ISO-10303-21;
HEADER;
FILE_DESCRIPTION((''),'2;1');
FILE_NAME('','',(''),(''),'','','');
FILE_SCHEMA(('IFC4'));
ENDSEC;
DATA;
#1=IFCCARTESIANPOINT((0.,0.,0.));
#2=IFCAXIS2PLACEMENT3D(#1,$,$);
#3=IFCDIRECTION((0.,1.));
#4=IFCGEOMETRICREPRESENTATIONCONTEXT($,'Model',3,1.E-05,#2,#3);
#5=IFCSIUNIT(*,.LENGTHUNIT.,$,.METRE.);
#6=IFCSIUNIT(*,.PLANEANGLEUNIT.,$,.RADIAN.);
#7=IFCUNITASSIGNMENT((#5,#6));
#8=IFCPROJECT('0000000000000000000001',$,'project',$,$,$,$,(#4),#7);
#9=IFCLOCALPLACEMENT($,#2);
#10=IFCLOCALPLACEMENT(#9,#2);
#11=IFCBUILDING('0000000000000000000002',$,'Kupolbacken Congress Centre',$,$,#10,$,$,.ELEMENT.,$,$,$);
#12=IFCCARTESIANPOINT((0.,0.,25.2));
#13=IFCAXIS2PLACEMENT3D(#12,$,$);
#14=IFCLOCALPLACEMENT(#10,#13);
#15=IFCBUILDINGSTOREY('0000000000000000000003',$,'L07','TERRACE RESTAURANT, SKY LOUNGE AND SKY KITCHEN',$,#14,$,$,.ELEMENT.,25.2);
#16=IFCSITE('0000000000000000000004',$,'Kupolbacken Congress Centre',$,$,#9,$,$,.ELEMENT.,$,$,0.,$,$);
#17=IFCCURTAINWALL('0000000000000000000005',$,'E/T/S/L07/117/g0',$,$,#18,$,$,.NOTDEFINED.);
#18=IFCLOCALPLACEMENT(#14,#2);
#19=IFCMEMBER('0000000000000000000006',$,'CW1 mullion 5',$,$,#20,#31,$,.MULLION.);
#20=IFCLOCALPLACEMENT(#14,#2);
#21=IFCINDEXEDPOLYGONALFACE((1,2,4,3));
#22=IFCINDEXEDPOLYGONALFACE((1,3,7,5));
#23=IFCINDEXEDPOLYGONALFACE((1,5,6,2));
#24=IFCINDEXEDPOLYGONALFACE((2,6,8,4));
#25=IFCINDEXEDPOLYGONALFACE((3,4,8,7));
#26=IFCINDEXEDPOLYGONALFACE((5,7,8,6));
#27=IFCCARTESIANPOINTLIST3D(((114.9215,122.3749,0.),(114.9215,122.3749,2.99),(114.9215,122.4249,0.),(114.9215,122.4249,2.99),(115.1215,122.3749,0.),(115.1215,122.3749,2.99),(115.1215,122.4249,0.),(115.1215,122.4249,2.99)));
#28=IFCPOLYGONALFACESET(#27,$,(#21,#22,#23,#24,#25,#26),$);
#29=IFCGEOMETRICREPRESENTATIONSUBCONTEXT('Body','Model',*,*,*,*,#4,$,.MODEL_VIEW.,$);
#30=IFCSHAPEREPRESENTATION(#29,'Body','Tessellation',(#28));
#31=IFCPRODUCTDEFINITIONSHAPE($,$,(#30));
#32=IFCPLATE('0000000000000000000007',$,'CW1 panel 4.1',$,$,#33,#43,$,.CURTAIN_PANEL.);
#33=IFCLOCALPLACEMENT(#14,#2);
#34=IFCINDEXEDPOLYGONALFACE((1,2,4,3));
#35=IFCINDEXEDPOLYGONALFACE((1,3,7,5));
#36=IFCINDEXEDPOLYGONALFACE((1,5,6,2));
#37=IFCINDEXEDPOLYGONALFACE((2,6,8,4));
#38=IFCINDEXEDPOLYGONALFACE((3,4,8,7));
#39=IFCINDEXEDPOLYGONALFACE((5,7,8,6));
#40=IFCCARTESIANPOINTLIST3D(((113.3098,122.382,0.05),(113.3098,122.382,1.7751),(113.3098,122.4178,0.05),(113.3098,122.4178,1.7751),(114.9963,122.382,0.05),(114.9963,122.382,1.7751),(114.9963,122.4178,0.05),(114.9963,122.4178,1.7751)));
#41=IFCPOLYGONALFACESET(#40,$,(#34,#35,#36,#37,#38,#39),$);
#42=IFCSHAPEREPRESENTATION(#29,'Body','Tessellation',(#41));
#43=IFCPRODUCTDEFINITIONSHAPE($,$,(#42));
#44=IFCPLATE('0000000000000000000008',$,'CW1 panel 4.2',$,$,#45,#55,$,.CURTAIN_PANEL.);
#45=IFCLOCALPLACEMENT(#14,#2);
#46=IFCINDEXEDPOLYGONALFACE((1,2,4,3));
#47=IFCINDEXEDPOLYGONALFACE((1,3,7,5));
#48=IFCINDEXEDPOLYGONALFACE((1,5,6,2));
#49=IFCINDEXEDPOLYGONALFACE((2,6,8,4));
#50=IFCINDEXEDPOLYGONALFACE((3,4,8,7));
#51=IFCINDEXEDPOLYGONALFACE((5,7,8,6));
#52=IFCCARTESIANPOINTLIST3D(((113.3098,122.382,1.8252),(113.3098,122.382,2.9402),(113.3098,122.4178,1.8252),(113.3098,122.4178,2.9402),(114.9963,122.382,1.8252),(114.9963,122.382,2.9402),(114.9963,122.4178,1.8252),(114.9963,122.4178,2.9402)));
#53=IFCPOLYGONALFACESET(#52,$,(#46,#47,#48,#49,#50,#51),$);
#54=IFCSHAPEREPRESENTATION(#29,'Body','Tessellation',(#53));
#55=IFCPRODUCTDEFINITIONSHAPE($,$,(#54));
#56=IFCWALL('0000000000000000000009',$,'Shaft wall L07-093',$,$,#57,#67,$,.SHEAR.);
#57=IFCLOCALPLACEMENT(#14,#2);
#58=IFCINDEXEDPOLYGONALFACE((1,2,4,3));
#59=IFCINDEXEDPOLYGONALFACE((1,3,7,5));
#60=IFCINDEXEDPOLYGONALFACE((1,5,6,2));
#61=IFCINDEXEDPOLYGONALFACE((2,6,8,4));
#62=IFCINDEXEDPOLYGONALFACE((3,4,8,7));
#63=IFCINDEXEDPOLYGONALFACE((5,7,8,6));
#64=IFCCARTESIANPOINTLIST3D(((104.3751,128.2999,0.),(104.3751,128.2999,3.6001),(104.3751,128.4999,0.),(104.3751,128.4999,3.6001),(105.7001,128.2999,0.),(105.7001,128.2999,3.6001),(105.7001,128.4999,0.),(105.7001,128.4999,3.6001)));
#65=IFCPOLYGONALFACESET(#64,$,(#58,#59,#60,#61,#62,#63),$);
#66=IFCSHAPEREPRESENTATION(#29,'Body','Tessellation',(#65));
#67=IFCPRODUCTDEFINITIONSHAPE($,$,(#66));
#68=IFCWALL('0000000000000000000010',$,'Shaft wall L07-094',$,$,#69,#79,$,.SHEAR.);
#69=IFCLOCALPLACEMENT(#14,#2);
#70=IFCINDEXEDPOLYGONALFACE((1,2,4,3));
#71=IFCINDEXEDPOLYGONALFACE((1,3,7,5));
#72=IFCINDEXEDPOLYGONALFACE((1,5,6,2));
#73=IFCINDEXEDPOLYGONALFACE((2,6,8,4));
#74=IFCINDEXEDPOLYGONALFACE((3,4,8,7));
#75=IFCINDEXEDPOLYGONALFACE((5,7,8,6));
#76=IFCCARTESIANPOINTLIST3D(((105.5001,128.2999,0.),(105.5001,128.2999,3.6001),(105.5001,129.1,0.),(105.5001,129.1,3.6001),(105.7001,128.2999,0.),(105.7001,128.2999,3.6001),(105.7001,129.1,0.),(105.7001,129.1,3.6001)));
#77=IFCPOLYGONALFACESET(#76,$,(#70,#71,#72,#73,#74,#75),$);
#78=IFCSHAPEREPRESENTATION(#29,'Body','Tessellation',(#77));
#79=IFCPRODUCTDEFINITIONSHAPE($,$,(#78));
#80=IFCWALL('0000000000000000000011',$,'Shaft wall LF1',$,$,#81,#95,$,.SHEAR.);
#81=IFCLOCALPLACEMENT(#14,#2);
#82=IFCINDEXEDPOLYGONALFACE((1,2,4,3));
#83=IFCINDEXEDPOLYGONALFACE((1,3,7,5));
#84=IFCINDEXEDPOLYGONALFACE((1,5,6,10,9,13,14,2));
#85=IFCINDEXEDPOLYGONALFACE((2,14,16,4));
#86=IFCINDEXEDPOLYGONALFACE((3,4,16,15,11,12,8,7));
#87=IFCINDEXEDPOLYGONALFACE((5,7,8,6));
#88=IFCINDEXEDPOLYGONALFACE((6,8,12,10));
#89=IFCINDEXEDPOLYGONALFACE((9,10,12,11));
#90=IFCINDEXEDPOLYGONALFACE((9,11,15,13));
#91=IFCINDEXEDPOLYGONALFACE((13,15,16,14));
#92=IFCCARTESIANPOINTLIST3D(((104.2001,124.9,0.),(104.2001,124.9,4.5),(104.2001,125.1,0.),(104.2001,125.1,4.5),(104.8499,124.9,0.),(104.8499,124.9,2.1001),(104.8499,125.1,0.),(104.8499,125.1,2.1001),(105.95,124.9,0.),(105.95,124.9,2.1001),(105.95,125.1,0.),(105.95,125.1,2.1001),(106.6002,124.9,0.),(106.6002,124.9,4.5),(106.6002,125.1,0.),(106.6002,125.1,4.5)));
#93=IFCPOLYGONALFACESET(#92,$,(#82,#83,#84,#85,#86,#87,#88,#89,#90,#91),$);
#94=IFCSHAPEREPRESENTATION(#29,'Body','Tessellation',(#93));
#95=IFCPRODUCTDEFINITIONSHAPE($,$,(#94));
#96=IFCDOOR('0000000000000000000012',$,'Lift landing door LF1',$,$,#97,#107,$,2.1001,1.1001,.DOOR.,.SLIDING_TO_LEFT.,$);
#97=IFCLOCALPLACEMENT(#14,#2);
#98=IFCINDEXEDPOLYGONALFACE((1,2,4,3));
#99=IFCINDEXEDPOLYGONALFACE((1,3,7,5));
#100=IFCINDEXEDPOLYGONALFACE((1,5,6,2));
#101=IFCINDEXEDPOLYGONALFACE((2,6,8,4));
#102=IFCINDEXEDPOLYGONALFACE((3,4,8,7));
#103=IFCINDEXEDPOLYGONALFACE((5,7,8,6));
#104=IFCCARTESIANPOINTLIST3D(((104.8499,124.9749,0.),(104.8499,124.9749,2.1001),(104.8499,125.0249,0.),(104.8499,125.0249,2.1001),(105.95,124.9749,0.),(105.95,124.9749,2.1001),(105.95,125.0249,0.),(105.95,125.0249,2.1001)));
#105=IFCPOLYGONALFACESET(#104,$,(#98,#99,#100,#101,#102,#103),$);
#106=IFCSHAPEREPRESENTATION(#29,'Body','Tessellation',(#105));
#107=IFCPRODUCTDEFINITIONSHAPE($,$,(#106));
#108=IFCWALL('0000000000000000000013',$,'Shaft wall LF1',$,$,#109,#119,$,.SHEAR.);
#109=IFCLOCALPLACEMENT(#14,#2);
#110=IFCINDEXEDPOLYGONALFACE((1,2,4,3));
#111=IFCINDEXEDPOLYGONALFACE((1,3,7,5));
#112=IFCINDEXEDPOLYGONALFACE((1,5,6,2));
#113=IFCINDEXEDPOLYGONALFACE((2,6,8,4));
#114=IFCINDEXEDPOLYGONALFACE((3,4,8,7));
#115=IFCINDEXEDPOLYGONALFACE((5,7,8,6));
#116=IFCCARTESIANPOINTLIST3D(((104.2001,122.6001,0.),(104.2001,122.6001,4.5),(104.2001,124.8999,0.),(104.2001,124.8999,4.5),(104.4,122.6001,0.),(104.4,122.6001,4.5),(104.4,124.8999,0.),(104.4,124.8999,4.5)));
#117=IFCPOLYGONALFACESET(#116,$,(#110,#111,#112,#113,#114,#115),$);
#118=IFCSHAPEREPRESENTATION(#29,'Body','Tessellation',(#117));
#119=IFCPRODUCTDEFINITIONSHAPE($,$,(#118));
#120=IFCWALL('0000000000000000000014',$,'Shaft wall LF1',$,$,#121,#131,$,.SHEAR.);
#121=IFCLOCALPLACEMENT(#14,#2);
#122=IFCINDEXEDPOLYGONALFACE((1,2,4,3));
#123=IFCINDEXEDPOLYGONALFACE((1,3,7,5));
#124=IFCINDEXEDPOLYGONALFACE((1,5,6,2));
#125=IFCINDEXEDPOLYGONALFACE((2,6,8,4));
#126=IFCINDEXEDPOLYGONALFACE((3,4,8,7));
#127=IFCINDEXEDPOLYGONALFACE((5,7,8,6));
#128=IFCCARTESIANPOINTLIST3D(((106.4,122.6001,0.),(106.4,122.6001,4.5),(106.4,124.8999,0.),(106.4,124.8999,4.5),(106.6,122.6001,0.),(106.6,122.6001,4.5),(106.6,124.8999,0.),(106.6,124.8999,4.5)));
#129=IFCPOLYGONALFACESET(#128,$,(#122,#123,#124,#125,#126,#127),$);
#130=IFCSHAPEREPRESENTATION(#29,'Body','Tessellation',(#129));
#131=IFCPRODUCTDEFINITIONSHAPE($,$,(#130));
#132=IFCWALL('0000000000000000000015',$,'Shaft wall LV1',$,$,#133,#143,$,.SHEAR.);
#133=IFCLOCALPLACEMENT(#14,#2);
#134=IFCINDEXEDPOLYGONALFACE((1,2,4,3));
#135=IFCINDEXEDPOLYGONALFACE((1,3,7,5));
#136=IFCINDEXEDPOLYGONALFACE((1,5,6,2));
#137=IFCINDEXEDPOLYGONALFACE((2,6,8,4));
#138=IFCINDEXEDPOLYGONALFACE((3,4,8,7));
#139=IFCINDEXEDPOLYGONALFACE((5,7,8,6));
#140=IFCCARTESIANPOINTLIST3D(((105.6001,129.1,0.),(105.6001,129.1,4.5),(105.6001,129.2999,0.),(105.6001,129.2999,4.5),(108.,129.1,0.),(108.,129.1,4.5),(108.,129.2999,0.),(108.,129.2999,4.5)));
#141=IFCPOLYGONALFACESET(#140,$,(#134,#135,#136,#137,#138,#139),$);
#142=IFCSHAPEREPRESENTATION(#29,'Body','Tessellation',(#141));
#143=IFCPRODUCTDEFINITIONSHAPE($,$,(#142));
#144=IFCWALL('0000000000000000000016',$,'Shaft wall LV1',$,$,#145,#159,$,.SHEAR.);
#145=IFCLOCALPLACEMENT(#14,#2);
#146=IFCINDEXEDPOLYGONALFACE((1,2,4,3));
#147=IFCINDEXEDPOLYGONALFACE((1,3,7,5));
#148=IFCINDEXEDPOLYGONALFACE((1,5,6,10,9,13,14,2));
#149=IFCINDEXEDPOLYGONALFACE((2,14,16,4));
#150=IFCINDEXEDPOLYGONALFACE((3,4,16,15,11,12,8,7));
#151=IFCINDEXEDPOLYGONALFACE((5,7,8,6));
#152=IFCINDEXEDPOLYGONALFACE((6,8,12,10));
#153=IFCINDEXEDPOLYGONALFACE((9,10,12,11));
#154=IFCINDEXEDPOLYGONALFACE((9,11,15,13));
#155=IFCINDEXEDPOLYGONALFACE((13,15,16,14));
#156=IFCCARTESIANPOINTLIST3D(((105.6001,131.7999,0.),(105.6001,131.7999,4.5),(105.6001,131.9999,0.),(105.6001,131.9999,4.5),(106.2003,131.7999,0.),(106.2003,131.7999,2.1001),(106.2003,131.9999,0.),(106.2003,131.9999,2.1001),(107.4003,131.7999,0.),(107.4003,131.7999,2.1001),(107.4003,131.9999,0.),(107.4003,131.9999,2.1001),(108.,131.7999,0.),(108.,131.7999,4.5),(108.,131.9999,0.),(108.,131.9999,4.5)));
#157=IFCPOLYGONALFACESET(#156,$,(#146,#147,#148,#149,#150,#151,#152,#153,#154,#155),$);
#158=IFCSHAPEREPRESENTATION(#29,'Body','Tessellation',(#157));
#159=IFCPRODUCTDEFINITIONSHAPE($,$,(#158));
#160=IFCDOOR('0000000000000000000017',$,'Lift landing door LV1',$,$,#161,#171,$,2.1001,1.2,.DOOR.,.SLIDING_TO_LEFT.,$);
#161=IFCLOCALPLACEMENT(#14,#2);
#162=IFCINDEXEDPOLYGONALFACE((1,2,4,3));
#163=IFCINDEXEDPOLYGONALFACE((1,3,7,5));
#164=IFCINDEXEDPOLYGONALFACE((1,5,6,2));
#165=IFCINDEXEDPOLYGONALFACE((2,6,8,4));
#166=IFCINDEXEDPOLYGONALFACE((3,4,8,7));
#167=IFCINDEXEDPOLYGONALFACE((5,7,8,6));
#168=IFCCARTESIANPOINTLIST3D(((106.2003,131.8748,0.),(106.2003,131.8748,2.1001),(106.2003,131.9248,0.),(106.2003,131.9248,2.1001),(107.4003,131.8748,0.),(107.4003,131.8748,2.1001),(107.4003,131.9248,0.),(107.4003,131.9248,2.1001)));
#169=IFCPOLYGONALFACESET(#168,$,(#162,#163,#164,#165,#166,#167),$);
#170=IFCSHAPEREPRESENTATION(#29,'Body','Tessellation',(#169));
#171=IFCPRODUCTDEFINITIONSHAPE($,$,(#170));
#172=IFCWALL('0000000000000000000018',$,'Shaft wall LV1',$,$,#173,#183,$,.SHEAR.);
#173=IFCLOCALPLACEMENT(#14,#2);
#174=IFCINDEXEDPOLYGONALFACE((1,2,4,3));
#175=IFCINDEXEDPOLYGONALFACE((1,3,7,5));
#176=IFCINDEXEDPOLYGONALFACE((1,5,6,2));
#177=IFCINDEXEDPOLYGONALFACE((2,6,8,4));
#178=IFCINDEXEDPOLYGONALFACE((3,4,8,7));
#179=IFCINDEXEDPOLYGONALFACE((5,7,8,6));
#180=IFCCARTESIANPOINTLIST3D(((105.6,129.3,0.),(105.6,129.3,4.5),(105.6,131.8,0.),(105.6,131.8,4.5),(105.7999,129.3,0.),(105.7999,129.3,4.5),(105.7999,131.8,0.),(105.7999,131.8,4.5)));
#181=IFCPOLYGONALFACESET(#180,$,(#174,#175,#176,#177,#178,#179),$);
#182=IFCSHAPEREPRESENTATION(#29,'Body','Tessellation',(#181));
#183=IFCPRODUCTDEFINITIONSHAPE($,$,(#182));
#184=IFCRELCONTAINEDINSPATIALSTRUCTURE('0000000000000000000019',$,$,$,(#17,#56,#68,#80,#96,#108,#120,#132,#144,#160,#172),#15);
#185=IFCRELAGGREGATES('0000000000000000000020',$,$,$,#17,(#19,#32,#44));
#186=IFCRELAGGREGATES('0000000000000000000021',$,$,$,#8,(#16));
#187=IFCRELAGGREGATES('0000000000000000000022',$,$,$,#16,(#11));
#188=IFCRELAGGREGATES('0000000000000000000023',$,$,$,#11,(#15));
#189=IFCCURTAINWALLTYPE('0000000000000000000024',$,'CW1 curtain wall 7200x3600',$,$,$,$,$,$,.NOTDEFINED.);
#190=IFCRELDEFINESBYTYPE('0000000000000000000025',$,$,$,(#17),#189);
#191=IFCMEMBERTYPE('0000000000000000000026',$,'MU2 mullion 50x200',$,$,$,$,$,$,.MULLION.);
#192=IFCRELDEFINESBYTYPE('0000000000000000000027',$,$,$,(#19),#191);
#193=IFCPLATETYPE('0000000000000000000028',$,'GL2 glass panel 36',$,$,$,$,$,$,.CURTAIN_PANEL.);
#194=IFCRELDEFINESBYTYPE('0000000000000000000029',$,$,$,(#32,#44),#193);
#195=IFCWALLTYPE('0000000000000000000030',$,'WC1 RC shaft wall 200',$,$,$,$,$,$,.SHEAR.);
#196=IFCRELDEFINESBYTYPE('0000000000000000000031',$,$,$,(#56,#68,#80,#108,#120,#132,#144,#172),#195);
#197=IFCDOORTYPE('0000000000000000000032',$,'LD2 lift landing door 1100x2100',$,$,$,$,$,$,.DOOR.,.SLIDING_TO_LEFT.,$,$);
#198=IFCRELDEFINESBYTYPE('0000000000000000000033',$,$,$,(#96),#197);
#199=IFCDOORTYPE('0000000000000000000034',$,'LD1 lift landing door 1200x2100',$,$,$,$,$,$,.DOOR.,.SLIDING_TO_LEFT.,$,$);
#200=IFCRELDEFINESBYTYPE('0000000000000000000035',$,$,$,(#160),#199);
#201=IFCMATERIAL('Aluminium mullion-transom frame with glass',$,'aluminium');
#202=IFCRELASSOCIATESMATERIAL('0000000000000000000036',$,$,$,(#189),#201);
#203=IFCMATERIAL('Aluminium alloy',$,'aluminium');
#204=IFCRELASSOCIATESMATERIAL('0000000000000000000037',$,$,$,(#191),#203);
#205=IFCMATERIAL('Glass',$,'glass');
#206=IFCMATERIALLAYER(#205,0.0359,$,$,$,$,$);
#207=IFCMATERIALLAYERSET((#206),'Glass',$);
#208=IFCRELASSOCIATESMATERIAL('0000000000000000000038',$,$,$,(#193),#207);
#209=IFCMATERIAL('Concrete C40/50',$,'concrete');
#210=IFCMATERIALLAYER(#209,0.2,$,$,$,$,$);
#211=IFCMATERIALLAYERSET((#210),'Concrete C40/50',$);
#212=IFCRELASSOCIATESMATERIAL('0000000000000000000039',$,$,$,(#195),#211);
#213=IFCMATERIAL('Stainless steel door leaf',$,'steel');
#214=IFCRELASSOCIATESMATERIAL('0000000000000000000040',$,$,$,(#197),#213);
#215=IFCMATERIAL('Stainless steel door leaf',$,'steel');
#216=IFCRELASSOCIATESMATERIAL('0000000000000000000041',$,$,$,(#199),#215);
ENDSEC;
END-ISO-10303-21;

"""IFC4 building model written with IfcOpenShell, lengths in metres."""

from ifc_helpers import new_model, si_unit, direction, frame, frame_2d, origin, origin_2d, place, context, subcontext, project, spatial, rectangle, extrude, material, layer, layer_set, material_profile, profile_set, type_object, element, fill, aggregate, save


model = new_model("IFC4")

# Units and contexts
model_context = context("Model", 3, precision=1e-05, world=origin(), true_north=direction((0.0, 1.0)))
body_context = subcontext(model_context, "Body", "Model", "MODEL_VIEW")
ifc_project = project(units=[si_unit("LENGTHUNIT", "METRE"), si_unit("PLANEANGLEUNIT", "RADIAN")], contexts=[model_context])

# Site, building, storey
site_placement = place(None, origin())
site = spatial("IfcSite", under=ifc_project, at=site_placement, Name="Kupolbacken Congress Centre", CompositionType="ELEMENT", RefElevation=0.0)
building_placement = place(site_placement, origin())
building = spatial("IfcBuilding", under=site, at=building_placement, Name="Kupolbacken Congress Centre", CompositionType="ELEMENT")
storey_placement = place(building_placement, frame((0.0, 0.0, 25.2)))
storey = spatial("IfcBuildingStorey", under=building, at=storey_placement, Name="L07", Description="TERRACE RESTAURANT, SKY LOUNGE AND SKY KITCHEN", CompositionType="ELEMENT", Elevation=25.2)

# Curtain wall, member, plates
ifc_material_1 = material(Name="Aluminium mullion-transom frame with glass", Category="aluminium")
curtain_wall_type = type_object("IfcCurtainWallType", Name="CW1 curtain wall 7200x3600", PredefinedType="NOTDEFINED", material=ifc_material_1)
curtain_wall_placement = place(storey_placement, origin())
curtain_wall = element("IfcCurtainWall", 1, at=curtain_wall_placement, inside=storey, type_object=curtain_wall_type, Name="E/T/S/L07/117/g0", PredefinedType="NOTDEFINED")
ifc_material_2 = material(Name="Aluminium alloy", Category="aluminium")
ifc_material_profile_1 = material_profile(ifc_material_2, rectangle(XDim=0.05, YDim=0.2, at=origin_2d()), Name="50 x 200")
ifc_profile_set_1 = profile_set([ifc_material_profile_1], Name="Aluminium alloy")
member_type = type_object("IfcMemberType", Name="MU2 mullion 50x200", PredefinedType="MULLION", material=ifc_profile_set_1)
member_placement = place(storey_placement, frame((115.0215, 122.3999, 0.0), z_axis=(0.0, 0.0, 1.0), x_axis=(0.0, 1.0, 0.0)))
member = element("IfcMember", 2, at=member_placement, type_object=member_type, Name="CW1 mullion 5", PredefinedType="MULLION", context=body_context, shape_type="SweptSolid", body=[
    extrude(rectangle(XDim=0.05, YDim=0.2, at=origin_2d()), origin(), (0.0, 0.0, 1.0), 2.99),
])
ifc_material_3 = material(Name="Glass", Category="glass")
ifc_layer_1 = layer(ifc_material_3, 0.0359)
ifc_layer_set_1 = layer_set([ifc_layer_1], Name="Glass")
plate_type = type_object("IfcPlateType", Name="GL2 glass panel 36", PredefinedType="CURTAIN_PANEL", material=ifc_layer_set_1)
plate_1_placement = place(storey_placement, frame((114.1531, 122.3999, 0.05), z_axis=(0.0, 0.0, 1.0), x_axis=(1.0, 0.0, 0.0)))
plate_1 = element("IfcPlate", 3, at=plate_1_placement, type_object=plate_type, Name="CW1 panel 4.1", PredefinedType="CURTAIN_PANEL", context=body_context, shape_type="SweptSolid", body=[
    extrude(rectangle(XDim=1.6865, YDim=0.0359, at=origin_2d()), origin(), (0.0, 0.0, 1.0), 1.7251),
])
plate_2_placement = place(storey_placement, frame((114.1531, 122.3999, 1.8252), z_axis=(0.0, 0.0, 1.0), x_axis=(1.0, 0.0, 0.0)))
plate_2 = element("IfcPlate", 4, at=plate_2_placement, type_object=plate_type, Name="CW1 panel 4.2", PredefinedType="CURTAIN_PANEL", context=body_context, shape_type="SweptSolid", body=[
    extrude(rectangle(XDim=1.6865, YDim=0.0359, at=origin_2d()), origin(), (0.0, 0.0, 1.0), 1.115),
])
aggregate(curtain_wall, [member, plate_1, plate_2])

# Walls
ifc_material_4 = material(Name="Concrete C40/50", Category="concrete")
ifc_layer_2 = layer(ifc_material_4, 0.2)
ifc_layer_set_2 = layer_set([ifc_layer_2], Name="Concrete C40/50")
wall_type_1 = type_object("IfcWallType", Name="WC1 RC shaft wall 200", PredefinedType="SHEAR", material=ifc_layer_set_2)
wall_1_placement = place(storey_placement, frame((104.375, 128.3999, 0.0), z_axis=(0.0, 0.0, 1.0), x_axis=(1.0, 0.0, 0.0)))
element("IfcWall", 5, at=wall_1_placement, inside=storey, type_object=wall_type_1, Name="Shaft wall L07-093", PredefinedType="SHEAR", context=body_context, shape_type="SweptSolid", body=[
    extrude(rectangle(XDim=1.325, YDim=0.2, at=frame_2d((0.6626, 0.0))), origin(), (0.0, 0.0, 1.0), 3.6001),
])
wall_2_placement = place(storey_placement, frame((105.6001, 128.3, 0.0), z_axis=(0.0, 0.0, 1.0), x_axis=(0.0, 1.0, 0.0)))
element("IfcWall", 6, at=wall_2_placement, inside=storey, type_object=wall_type_1, Name="Shaft wall L07-094", PredefinedType="SHEAR", context=body_context, shape_type="SweptSolid", body=[
    extrude(rectangle(XDim=0.8, YDim=0.2, at=frame_2d((0.3999, 0.0))), origin(), (0.0, 0.0, 1.0), 3.6001),
])

# Wall, opening, door
wall_3_placement = place(storey_placement, frame((104.2, 125.0, 0.0), z_axis=(0.0, 0.0, 1.0), x_axis=(1.0, 0.0, 0.0)))
wall_3 = element("IfcWall", 7, at=wall_3_placement, inside=storey, type_object=wall_type_1, Name="Shaft wall LF1", PredefinedType="SHEAR", context=body_context, shape_type="SweptSolid", body=[
    extrude(rectangle(XDim=2.4001, YDim=0.2, at=frame_2d((1.2002, 0.0))), origin(), (0.0, 0.0, 1.0), 4.5),
])
opening_1_placement = place(wall_3_placement, frame((0.6499, 0.0, 0.0)))
opening_1 = element("IfcOpeningElement", 8, at=opening_1_placement, cuts=wall_3, PredefinedType="OPENING", context=body_context, shape_type="SweptSolid", body=[
    extrude(rectangle(XDim=1.1001, YDim=2.1001, at=frame_2d((0.55, 1.05))), frame((0.0, 0.1099, 0.0), z_axis=(0.0, -1.0, 0.0), x_axis=(1.0, 0.0, 0.0)), (0.0, 0.0, 1.0), 0.22),
])
ifc_material_5 = material(Name="Stainless steel door leaf", Category="steel")
door_type_1 = type_object("IfcDoorType", Name="LD2 lift landing door 1100x2100", OperationType="SLIDING_TO_LEFT", PredefinedType="DOOR", material=ifc_material_5)
door_1_placement = place(opening_1_placement, origin())
door_1 = element("IfcDoor", 9, at=door_1_placement, inside=storey, type_object=door_type_1, Name="Lift landing door LF1", OperationType="SLIDING_TO_LEFT", OverallHeight=2.1001, OverallWidth=1.1001, PredefinedType="DOOR", context=body_context, shape_type="SweptSolid", body=[
    extrude(rectangle(XDim=1.1001, YDim=2.1001, at=frame_2d((0.55, 1.05))), frame((0.0, 0.0249, 0.0), z_axis=(0.0, -1.0, 0.0), x_axis=(1.0, 0.0, 0.0)), (0.0, 0.0, 1.0), 0.05),
])
fill(opening_1, door_1)

# Walls
for number, where, z_axis, x_axis, name in (
    (10, (104.3, 122.6001, 0.0), (0.0, 0.0, 1.0), (0.0, 1.0, 0.0), "Shaft wall LF1"),
    (11, (106.5, 122.6001, 0.0), (0.0, 0.0, 1.0), (0.0, 1.0, 0.0), "Shaft wall LF1"),
):
    element("IfcWall", number, at=place(storey_placement, frame(where, z_axis=z_axis, x_axis=x_axis)), inside=storey, type_object=wall_type_1, Name=name, PredefinedType="SHEAR", context=body_context, shape_type="SweptSolid", body=[
        extrude(rectangle(XDim=2.2998, YDim=0.2, at=frame_2d((1.1499, 0.0))), origin(), (0.0, 0.0, 1.0), 4.5),
    ])
wall_4_placement = place(storey_placement, frame((105.6001, 129.2, 0.0), z_axis=(0.0, 0.0, 1.0), x_axis=(1.0, 0.0, 0.0)))
element("IfcWall", 12, at=wall_4_placement, inside=storey, type_object=wall_type_1, Name="Shaft wall LV1", PredefinedType="SHEAR", context=body_context, shape_type="SweptSolid", body=[
    extrude(rectangle(XDim=2.3999, YDim=0.2, at=frame_2d((1.2, 0.0))), origin(), (0.0, 0.0, 1.0), 4.5),
])

# Wall, opening, door
wall_5_placement = place(storey_placement, frame((105.6001, 131.8999, 0.0), z_axis=(0.0, 0.0, 1.0), x_axis=(1.0, 0.0, 0.0)))
wall_5 = element("IfcWall", 13, at=wall_5_placement, inside=storey, type_object=wall_type_1, Name="Shaft wall LV1", PredefinedType="SHEAR", context=body_context, shape_type="SweptSolid", body=[
    extrude(rectangle(XDim=2.3999, YDim=0.2, at=frame_2d((1.2, 0.0))), origin(), (0.0, 0.0, 1.0), 4.5),
])
opening_2_placement = place(wall_5_placement, frame((0.6001, 0.0, 0.0)))
opening_2 = element("IfcOpeningElement", 14, at=opening_2_placement, cuts=wall_5, PredefinedType="OPENING", context=body_context, shape_type="SweptSolid", body=[
    extrude(rectangle(XDim=1.2, YDim=2.1001, at=frame_2d((0.6001, 1.05))), frame((0.0, 0.1099, 0.0), z_axis=(0.0, -1.0, 0.0), x_axis=(1.0, 0.0, 0.0)), (0.0, 0.0, 1.0), 0.22),
])
ifc_material_6 = material(Name="Stainless steel door leaf", Category="steel")
door_type_2 = type_object("IfcDoorType", Name="LD1 lift landing door 1200x2100", OperationType="SLIDING_TO_LEFT", PredefinedType="DOOR", material=ifc_material_6)
door_2_placement = place(opening_2_placement, origin())
door_2 = element("IfcDoor", 15, at=door_2_placement, inside=storey, type_object=door_type_2, Name="Lift landing door LV1", OperationType="SLIDING_TO_LEFT", OverallHeight=2.1001, OverallWidth=1.2, PredefinedType="DOOR", context=body_context, shape_type="SweptSolid", body=[
    extrude(rectangle(XDim=1.2, YDim=2.1001, at=frame_2d((0.6001, 1.05))), frame((0.0, 0.0249, 0.0), z_axis=(0.0, -1.0, 0.0), x_axis=(1.0, 0.0, 0.0)), (0.0, 0.0, 1.0), 0.05),
])
fill(opening_2, door_2)

# Wall
for number, where, z_axis, x_axis, name in (
    (16, (105.7, 129.3, 0.0), (0.0, 0.0, 1.0), (0.0, 1.0, 0.0), "Shaft wall LV1"),
):
    element("IfcWall", number, at=place(storey_placement, frame(where, z_axis=z_axis, x_axis=x_axis)), inside=storey, type_object=wall_type_1, Name=name, PredefinedType="SHEAR", context=body_context, shape_type="SweptSolid", body=[
        extrude(rectangle(XDim=2.5, YDim=0.2, at=frame_2d((1.25, 0.0))), origin(), (0.0, 0.0, 1.0), 4.5),
    ])

save(model, "model.ifc")
